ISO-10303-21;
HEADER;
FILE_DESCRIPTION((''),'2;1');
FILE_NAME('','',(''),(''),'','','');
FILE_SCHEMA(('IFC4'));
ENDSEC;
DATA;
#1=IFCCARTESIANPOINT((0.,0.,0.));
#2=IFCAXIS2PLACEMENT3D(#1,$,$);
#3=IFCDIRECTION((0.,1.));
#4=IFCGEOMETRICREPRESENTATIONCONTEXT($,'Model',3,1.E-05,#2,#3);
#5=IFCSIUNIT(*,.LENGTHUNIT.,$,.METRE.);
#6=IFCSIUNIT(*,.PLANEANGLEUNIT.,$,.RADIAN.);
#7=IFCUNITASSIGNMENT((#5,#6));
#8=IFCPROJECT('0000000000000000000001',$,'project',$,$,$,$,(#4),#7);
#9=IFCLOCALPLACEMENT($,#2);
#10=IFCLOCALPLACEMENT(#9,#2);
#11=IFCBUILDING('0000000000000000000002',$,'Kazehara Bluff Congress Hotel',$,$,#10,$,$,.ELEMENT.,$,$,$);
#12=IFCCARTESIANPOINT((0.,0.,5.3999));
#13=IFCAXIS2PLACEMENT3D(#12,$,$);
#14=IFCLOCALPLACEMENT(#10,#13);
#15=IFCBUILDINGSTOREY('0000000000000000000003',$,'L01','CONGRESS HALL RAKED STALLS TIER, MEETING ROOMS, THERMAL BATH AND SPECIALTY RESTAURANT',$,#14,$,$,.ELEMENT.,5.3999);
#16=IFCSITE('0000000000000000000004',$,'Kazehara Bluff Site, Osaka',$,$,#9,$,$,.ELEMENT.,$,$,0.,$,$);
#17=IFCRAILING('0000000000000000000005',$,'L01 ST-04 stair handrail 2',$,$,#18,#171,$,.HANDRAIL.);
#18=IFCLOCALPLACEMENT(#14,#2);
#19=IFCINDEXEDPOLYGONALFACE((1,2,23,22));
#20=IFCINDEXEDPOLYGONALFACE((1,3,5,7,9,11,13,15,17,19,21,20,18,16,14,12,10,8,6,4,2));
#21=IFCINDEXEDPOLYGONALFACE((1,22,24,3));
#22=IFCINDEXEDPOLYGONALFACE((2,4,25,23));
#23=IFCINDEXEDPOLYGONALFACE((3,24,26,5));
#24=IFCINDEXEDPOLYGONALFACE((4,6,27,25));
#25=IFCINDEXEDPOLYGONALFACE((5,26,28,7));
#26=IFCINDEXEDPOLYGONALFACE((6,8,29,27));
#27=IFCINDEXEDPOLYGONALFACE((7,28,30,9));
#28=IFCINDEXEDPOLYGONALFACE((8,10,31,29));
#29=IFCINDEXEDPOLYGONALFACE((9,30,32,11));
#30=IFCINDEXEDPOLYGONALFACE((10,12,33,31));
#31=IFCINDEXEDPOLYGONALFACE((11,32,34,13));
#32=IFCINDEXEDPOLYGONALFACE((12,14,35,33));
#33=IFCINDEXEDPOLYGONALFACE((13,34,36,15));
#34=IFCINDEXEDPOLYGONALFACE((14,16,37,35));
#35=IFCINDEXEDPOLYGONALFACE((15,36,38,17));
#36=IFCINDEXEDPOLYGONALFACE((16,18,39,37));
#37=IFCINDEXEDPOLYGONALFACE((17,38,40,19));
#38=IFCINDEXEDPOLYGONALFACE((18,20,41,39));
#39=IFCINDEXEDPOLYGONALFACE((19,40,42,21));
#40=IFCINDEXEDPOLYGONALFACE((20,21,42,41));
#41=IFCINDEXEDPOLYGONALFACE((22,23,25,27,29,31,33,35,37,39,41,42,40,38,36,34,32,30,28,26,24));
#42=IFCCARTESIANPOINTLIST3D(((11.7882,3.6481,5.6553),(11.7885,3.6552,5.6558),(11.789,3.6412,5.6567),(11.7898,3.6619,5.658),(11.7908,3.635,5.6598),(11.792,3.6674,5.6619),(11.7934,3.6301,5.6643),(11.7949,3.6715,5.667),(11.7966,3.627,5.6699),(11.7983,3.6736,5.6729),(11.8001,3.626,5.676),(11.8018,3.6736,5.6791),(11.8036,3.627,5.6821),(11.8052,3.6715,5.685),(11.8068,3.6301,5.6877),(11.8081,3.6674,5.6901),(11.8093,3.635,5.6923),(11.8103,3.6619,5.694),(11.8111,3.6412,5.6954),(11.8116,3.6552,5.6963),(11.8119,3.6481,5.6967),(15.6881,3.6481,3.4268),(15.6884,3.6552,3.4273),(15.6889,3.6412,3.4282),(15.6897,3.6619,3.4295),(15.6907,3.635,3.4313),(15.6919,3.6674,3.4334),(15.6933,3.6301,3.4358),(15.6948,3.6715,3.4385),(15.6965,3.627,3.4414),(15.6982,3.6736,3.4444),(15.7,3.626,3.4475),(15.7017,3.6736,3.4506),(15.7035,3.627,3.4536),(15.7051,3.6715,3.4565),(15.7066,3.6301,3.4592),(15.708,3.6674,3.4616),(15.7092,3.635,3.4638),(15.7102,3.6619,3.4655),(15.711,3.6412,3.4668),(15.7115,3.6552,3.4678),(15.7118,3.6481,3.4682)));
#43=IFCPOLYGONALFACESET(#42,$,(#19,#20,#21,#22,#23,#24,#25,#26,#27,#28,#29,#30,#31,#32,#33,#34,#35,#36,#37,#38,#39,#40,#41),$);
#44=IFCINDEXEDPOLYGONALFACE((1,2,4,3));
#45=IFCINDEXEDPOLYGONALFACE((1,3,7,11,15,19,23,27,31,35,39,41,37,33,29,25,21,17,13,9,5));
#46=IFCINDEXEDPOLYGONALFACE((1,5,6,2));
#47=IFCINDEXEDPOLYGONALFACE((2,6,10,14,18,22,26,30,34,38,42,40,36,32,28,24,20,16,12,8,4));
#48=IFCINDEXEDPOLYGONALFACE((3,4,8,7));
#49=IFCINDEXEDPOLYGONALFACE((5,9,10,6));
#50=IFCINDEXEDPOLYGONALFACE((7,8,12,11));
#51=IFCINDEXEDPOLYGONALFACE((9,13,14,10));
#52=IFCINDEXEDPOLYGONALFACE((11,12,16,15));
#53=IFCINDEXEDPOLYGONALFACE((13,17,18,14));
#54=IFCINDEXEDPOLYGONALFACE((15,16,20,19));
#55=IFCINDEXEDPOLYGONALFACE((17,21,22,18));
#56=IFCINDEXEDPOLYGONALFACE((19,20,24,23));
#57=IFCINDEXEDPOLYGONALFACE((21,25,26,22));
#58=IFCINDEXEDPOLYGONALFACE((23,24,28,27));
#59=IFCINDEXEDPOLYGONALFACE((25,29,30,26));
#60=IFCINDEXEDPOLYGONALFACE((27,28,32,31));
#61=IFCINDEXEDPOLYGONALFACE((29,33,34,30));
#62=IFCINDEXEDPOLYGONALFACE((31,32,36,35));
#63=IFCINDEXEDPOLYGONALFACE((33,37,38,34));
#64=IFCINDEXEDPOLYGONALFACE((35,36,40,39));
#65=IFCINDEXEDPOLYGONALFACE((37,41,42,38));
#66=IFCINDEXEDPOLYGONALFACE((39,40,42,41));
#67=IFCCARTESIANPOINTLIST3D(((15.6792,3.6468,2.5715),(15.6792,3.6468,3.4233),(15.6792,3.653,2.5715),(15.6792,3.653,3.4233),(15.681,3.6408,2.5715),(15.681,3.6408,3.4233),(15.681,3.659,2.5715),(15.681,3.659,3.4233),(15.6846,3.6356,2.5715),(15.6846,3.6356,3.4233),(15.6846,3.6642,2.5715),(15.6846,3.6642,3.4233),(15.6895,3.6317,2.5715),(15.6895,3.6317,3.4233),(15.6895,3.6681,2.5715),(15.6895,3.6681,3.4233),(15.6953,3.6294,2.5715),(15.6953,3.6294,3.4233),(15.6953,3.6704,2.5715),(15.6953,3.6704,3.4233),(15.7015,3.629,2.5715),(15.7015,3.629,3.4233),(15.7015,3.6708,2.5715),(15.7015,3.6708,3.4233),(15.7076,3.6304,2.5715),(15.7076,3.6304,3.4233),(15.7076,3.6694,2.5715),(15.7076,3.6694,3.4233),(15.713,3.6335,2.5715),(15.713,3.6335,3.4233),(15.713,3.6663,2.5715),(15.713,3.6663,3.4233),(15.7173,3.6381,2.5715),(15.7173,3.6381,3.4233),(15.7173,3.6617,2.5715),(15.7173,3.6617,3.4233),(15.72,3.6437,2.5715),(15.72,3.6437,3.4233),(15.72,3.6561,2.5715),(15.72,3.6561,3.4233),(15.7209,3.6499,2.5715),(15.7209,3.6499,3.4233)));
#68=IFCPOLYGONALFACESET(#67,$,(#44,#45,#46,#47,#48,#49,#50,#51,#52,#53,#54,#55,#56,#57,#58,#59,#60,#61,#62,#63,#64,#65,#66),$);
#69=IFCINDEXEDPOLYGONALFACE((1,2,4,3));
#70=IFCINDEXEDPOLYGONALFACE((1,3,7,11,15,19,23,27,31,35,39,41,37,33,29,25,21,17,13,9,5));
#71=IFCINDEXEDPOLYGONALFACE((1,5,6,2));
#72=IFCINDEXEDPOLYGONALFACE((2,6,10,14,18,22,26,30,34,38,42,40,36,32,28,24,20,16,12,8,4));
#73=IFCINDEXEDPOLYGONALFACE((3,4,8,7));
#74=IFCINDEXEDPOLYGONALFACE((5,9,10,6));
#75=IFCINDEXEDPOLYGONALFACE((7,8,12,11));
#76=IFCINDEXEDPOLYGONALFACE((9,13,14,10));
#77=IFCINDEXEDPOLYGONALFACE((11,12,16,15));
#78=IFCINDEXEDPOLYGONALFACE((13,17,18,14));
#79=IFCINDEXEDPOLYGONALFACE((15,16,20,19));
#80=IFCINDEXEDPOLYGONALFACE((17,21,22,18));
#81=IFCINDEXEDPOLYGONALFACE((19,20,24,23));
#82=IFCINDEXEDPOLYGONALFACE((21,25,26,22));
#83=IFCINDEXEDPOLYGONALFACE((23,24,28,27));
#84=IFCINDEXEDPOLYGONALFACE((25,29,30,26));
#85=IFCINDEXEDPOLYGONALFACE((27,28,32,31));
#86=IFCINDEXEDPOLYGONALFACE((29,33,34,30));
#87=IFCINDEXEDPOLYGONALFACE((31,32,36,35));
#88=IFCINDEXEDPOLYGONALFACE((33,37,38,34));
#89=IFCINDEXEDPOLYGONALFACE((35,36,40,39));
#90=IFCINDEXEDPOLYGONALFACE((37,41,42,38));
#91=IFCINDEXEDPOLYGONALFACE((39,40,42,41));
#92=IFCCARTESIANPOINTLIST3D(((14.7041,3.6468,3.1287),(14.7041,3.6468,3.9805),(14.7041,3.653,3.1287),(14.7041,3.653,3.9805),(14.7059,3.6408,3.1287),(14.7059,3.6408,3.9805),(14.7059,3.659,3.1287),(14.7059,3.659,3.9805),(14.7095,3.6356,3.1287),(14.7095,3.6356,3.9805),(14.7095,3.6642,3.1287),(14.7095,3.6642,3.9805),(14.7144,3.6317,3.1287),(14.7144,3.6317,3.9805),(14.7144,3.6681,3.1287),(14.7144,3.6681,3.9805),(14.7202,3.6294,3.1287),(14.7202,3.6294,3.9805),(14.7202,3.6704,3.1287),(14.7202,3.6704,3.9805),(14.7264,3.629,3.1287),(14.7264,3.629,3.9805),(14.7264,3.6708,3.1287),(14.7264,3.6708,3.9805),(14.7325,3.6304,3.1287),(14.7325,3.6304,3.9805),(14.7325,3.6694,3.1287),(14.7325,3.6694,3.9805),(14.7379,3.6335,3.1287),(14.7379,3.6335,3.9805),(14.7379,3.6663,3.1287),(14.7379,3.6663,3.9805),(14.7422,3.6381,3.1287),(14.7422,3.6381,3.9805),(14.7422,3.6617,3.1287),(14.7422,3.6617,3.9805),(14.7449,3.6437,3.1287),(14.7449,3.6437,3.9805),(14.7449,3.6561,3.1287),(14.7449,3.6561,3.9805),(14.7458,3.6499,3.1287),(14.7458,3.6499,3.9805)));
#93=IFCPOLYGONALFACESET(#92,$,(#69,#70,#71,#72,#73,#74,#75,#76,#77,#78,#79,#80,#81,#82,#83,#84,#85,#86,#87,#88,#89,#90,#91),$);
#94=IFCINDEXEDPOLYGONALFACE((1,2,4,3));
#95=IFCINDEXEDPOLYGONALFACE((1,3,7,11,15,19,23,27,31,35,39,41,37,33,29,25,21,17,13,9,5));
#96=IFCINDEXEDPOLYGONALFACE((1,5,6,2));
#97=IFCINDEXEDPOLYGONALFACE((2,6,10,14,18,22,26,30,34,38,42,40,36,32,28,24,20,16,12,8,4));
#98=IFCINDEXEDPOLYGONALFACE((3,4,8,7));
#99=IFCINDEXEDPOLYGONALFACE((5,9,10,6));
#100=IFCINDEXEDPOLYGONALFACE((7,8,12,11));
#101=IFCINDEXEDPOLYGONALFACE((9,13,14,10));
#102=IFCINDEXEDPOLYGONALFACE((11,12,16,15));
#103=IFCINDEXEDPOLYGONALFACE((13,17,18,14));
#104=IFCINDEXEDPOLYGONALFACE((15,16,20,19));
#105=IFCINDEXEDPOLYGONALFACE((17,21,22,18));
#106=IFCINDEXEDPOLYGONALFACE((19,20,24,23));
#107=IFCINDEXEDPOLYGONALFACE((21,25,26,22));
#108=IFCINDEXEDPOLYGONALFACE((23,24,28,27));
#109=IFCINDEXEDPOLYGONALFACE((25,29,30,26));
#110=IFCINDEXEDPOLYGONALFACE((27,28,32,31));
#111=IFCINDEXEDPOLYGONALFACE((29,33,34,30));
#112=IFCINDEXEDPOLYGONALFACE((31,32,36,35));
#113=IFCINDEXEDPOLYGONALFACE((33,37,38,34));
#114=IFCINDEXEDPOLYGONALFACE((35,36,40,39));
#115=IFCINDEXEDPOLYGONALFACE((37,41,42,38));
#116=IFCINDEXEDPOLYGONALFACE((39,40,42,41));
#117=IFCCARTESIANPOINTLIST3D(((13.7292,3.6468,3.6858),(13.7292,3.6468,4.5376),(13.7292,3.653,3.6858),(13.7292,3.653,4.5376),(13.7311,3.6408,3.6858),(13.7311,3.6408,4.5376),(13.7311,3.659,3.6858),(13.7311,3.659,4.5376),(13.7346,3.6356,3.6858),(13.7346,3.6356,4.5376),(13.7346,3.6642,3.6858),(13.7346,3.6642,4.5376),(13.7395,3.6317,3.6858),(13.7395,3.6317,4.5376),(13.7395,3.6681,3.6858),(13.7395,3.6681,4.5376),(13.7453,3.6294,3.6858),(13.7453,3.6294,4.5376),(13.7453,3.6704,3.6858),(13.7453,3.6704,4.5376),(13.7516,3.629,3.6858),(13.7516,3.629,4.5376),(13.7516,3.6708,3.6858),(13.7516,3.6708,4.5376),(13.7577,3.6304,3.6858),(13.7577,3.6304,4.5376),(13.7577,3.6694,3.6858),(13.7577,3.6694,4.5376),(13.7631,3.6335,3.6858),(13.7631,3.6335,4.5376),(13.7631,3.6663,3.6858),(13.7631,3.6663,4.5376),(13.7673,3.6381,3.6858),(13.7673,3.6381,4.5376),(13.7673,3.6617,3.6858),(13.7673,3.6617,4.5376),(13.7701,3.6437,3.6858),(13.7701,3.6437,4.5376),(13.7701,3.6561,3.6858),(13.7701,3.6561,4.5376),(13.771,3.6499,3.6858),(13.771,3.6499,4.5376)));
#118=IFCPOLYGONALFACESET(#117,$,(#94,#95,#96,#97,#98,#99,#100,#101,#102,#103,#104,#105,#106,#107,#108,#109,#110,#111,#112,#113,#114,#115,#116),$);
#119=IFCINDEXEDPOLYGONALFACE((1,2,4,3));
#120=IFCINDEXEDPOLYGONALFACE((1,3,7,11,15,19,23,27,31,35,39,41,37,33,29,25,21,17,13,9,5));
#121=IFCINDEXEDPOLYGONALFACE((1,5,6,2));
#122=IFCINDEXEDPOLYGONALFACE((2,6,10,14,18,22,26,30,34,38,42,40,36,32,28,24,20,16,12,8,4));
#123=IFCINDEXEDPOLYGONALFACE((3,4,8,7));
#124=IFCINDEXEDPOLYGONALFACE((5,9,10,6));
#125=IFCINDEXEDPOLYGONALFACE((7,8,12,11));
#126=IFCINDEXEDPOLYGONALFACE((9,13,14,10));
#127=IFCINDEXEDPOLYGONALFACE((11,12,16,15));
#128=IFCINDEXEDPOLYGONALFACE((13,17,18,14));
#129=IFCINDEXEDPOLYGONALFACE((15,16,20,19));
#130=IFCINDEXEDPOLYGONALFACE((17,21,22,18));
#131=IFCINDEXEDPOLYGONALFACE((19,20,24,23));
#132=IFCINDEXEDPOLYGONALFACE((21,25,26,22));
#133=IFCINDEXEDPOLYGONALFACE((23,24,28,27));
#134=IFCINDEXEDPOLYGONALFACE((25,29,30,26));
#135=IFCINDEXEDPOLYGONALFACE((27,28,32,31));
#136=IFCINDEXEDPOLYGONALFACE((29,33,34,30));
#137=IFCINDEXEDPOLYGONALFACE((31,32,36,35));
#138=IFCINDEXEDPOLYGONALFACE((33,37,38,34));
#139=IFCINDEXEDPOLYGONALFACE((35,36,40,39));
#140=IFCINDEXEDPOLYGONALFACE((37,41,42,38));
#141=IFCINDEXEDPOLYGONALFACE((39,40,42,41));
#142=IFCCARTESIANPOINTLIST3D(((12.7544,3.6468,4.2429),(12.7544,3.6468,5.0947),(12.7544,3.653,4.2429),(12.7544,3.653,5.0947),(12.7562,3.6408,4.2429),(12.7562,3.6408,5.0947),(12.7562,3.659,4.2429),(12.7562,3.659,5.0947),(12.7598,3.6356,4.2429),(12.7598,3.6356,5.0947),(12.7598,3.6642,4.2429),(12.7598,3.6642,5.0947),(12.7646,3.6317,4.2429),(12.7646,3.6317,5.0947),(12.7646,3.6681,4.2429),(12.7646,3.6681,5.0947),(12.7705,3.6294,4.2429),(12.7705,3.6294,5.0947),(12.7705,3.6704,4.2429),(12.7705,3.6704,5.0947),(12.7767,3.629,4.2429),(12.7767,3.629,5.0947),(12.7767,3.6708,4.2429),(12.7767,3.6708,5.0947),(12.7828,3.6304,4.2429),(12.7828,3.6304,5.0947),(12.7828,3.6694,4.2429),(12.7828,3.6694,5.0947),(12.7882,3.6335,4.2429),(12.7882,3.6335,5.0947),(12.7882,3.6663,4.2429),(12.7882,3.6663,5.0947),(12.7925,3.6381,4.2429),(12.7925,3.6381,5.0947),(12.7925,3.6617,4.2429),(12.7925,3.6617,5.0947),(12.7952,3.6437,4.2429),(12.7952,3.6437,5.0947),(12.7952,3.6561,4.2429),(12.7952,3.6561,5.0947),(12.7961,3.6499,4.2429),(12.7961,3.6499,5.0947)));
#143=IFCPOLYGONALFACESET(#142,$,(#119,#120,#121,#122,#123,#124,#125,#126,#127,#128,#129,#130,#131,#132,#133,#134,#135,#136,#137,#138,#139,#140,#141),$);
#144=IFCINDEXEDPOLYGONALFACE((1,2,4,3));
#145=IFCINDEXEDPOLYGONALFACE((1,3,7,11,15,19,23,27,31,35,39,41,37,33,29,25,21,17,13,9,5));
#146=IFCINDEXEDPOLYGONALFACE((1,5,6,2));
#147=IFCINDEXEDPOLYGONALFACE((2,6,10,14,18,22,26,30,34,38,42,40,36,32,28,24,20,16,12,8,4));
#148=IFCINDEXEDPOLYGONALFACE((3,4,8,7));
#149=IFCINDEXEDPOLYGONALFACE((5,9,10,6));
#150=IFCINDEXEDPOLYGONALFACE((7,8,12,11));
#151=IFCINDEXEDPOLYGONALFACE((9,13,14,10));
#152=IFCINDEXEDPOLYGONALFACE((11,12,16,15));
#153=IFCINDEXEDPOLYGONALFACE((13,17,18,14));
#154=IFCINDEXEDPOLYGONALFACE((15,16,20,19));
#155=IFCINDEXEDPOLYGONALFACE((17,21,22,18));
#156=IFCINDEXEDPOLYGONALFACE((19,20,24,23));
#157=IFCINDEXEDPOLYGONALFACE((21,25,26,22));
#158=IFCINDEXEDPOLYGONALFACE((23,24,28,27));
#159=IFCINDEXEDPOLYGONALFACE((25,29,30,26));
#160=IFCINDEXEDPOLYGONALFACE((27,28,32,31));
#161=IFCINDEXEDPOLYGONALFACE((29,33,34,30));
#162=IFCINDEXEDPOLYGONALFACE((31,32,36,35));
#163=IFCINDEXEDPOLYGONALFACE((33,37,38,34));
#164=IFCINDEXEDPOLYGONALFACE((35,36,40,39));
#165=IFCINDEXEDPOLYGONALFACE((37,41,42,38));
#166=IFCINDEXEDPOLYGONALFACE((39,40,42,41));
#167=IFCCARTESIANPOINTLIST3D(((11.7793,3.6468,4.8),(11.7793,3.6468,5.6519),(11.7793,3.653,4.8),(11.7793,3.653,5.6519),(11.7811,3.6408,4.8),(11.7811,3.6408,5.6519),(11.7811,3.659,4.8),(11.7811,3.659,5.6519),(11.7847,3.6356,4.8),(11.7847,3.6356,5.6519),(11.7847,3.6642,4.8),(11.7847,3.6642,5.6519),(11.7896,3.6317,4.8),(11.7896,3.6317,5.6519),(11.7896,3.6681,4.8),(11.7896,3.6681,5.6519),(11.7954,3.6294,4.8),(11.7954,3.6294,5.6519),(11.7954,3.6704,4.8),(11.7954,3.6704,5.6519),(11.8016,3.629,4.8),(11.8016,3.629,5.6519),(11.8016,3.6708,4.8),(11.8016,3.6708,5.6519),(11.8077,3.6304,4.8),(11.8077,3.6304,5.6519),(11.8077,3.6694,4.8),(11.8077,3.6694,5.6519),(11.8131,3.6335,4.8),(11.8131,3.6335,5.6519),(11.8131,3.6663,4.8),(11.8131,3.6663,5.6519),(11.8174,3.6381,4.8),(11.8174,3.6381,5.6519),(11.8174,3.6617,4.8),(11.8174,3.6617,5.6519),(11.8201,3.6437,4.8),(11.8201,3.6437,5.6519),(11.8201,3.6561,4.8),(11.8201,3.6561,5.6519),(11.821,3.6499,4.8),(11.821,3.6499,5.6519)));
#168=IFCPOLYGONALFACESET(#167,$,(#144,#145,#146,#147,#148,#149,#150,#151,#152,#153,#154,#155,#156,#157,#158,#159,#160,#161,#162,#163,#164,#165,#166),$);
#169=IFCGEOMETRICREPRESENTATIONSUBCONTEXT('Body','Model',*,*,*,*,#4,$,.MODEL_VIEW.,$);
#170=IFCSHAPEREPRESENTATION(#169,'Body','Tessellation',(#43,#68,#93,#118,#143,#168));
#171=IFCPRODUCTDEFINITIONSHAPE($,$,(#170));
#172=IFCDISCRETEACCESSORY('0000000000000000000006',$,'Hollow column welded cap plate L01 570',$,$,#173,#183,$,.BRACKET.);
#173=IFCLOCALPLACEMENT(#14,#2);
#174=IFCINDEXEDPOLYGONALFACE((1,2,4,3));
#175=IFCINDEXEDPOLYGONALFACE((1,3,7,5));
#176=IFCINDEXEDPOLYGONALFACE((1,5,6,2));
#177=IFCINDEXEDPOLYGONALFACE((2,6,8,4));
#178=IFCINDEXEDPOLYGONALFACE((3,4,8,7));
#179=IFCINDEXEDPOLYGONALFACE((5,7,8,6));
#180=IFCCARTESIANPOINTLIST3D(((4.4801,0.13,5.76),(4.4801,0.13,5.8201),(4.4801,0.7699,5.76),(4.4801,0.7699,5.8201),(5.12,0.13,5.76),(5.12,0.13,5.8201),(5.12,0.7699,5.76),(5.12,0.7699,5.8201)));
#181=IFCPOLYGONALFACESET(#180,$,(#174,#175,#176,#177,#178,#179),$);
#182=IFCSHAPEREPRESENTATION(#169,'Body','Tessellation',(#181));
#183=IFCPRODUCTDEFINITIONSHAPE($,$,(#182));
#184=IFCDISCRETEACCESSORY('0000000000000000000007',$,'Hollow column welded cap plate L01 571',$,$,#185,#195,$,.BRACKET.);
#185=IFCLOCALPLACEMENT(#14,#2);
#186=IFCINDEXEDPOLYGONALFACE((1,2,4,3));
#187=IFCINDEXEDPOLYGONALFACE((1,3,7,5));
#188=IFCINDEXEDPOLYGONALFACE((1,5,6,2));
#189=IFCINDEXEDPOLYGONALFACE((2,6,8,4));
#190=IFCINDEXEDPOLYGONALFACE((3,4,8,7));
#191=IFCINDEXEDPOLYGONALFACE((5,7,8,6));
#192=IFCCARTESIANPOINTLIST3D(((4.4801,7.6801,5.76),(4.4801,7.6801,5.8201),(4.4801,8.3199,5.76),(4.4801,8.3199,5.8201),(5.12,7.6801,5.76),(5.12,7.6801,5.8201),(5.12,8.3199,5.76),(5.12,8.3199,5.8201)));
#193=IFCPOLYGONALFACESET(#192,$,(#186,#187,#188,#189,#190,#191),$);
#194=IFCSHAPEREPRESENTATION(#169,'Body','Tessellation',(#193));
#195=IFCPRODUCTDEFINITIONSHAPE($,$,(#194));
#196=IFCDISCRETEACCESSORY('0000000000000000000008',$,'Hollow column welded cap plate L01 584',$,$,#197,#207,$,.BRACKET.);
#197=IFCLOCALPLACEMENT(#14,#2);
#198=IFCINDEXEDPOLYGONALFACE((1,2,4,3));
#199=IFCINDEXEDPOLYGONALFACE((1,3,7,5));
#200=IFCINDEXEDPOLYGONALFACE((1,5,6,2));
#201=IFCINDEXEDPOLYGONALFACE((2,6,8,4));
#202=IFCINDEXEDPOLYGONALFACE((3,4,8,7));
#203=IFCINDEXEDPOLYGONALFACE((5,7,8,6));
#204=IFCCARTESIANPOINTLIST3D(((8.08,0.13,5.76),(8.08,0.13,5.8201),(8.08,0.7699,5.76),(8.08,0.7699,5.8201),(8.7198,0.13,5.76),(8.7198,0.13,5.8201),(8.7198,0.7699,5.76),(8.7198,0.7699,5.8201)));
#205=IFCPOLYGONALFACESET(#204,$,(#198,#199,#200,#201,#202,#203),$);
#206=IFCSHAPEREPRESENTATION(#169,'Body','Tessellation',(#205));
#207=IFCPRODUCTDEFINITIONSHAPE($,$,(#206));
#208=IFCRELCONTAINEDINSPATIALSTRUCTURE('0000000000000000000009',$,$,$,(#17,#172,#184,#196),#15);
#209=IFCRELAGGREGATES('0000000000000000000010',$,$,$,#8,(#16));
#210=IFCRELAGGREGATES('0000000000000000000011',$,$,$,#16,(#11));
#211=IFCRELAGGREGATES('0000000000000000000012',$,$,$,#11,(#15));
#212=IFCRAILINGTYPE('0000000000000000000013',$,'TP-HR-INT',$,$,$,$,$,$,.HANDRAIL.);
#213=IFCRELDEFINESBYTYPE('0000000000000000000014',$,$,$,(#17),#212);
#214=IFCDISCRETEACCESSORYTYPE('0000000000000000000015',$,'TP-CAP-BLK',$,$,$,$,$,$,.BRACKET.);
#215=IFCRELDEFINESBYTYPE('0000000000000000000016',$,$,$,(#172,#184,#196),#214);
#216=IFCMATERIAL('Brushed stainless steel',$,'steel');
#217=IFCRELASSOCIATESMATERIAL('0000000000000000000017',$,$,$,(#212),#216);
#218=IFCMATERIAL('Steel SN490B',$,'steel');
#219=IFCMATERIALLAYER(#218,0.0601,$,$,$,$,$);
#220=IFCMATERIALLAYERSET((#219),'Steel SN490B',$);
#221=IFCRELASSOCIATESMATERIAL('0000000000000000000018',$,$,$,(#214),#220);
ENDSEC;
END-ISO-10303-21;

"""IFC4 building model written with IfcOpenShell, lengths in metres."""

from ifc_helpers import new_model, si_unit, direction, frame, origin, origin_2d, place, context, subcontext, project, spatial, rectangle, circle, extrude, material, layer, layer_set, type_object, element, save


model = new_model("IFC4")

# Units and contexts
model_context = context("Model", 3, precision=1e-05, world=origin(), true_north=direction((0.0, 1.0)))
body_context = subcontext(model_context, "Body", "Model", "MODEL_VIEW")
ifc_project = project(units=[si_unit("LENGTHUNIT", "METRE"), si_unit("PLANEANGLEUNIT", "RADIAN")], contexts=[model_context])

# Site, building, storey
site_placement = place(None, origin())
site = spatial("IfcSite", under=ifc_project, at=site_placement, Name="Kazehara Bluff Site, Osaka", CompositionType="ELEMENT", RefElevation=0.0)
building_placement = place(site_placement, origin())
building = spatial("IfcBuilding", under=site, at=building_placement, Name="Kazehara Bluff Congress Hotel", CompositionType="ELEMENT")
storey_placement = place(building_placement, frame((0.0, 0.0, 5.3999)))
storey = spatial("IfcBuildingStorey", under=building, at=storey_placement, Name="L01", Description="CONGRESS HALL RAKED STALLS TIER, MEETING ROOMS, THERMAL BATH AND SPECIALTY RESTAURANT", CompositionType="ELEMENT", Elevation=5.3999)

# Railing
ifc_material_1 = material(Name="Brushed stainless steel", Category="steel")
railing_type_1 = type_object("IfcRailingType", Name="TP-HR-INT", PredefinedType="HANDRAIL", material=ifc_material_1)
railing_1_placement = place(storey_placement, frame((15.7, 3.6499, 2.5715)))
element("IfcRailing", 1, at=railing_1_placement, inside=storey, type_object=railing_type_1, Name="L01 ST-04 stair handrail 2", PredefinedType="HANDRAIL", context=body_context, shape_type="SweptSolid", body=[
    extrude(circle(Radius=0.0239, at=origin_2d()), frame((0.0, 0.0, 0.876), z_axis=(-0.868243, 0.0, 0.496139), x_axis=(0.0, -1.0, 0.0)), (0.0, 0.0, 1.0), 4.4917),
    extrude(circle(Radius=0.021, at=origin_2d()), origin(), (0.0, 0.0, 1.0), 0.8518),
    extrude(circle(Radius=0.021, at=origin_2d()), frame((-0.9751, 0.0, 0.5571)), (0.0, 0.0, 1.0), 0.8518),
    extrude(circle(Radius=0.021, at=origin_2d()), frame((-1.95, 0.0, 1.1143)), (0.0, 0.0, 1.0), 0.8518),
    extrude(circle(Radius=0.021, at=origin_2d()), frame((-2.9248, 0.0, 1.6714)), (0.0, 0.0, 1.0), 0.8518),
    extrude(circle(Radius=0.021, at=origin_2d()), frame((-3.8999, 0.0, 2.2285)), (0.0, 0.0, 1.0), 0.8518),
])

# Discrete accessories
ifc_material_2 = material(Name="Steel SN490B", Category="steel")
ifc_layer_1 = layer(ifc_material_2, 0.0601)
ifc_layer_set_1 = layer_set([ifc_layer_1], Name="Steel SN490B")
discrete_accessory_type = type_object("IfcDiscreteAccessoryType", Name="TP-CAP-BLK", PredefinedType="BRACKET", material=ifc_layer_set_1)
for number, where, z_axis, x_axis, name in (
    (2, (4.8, 0.45, 5.76), (0.0, 0.0, 1.0), (1.0, 0.0, 0.0), "Hollow column welded cap plate L01 570"),
    (3, (4.8, 8.0, 5.76), (0.0, 0.0, 1.0), (1.0, 0.0, 0.0), "Hollow column welded cap plate L01 571"),
    (4, (8.3999, 0.45, 5.76), (0.0, 0.0, 1.0), (1.0, 0.0, 0.0), "Hollow column welded cap plate L01 584"),
):
    element("IfcDiscreteAccessory", number, at=place(storey_placement, frame(where, z_axis=z_axis, x_axis=x_axis)), inside=storey, type_object=discrete_accessory_type, Name=name, PredefinedType="BRACKET", context=body_context, shape_type="SweptSolid", body=[
        extrude(rectangle(XDim=0.6399, YDim=0.6399, at=origin_2d()), origin(), (0.0, 0.0, 1.0), 0.0601),
    ])

save(model, "model.ifc")
